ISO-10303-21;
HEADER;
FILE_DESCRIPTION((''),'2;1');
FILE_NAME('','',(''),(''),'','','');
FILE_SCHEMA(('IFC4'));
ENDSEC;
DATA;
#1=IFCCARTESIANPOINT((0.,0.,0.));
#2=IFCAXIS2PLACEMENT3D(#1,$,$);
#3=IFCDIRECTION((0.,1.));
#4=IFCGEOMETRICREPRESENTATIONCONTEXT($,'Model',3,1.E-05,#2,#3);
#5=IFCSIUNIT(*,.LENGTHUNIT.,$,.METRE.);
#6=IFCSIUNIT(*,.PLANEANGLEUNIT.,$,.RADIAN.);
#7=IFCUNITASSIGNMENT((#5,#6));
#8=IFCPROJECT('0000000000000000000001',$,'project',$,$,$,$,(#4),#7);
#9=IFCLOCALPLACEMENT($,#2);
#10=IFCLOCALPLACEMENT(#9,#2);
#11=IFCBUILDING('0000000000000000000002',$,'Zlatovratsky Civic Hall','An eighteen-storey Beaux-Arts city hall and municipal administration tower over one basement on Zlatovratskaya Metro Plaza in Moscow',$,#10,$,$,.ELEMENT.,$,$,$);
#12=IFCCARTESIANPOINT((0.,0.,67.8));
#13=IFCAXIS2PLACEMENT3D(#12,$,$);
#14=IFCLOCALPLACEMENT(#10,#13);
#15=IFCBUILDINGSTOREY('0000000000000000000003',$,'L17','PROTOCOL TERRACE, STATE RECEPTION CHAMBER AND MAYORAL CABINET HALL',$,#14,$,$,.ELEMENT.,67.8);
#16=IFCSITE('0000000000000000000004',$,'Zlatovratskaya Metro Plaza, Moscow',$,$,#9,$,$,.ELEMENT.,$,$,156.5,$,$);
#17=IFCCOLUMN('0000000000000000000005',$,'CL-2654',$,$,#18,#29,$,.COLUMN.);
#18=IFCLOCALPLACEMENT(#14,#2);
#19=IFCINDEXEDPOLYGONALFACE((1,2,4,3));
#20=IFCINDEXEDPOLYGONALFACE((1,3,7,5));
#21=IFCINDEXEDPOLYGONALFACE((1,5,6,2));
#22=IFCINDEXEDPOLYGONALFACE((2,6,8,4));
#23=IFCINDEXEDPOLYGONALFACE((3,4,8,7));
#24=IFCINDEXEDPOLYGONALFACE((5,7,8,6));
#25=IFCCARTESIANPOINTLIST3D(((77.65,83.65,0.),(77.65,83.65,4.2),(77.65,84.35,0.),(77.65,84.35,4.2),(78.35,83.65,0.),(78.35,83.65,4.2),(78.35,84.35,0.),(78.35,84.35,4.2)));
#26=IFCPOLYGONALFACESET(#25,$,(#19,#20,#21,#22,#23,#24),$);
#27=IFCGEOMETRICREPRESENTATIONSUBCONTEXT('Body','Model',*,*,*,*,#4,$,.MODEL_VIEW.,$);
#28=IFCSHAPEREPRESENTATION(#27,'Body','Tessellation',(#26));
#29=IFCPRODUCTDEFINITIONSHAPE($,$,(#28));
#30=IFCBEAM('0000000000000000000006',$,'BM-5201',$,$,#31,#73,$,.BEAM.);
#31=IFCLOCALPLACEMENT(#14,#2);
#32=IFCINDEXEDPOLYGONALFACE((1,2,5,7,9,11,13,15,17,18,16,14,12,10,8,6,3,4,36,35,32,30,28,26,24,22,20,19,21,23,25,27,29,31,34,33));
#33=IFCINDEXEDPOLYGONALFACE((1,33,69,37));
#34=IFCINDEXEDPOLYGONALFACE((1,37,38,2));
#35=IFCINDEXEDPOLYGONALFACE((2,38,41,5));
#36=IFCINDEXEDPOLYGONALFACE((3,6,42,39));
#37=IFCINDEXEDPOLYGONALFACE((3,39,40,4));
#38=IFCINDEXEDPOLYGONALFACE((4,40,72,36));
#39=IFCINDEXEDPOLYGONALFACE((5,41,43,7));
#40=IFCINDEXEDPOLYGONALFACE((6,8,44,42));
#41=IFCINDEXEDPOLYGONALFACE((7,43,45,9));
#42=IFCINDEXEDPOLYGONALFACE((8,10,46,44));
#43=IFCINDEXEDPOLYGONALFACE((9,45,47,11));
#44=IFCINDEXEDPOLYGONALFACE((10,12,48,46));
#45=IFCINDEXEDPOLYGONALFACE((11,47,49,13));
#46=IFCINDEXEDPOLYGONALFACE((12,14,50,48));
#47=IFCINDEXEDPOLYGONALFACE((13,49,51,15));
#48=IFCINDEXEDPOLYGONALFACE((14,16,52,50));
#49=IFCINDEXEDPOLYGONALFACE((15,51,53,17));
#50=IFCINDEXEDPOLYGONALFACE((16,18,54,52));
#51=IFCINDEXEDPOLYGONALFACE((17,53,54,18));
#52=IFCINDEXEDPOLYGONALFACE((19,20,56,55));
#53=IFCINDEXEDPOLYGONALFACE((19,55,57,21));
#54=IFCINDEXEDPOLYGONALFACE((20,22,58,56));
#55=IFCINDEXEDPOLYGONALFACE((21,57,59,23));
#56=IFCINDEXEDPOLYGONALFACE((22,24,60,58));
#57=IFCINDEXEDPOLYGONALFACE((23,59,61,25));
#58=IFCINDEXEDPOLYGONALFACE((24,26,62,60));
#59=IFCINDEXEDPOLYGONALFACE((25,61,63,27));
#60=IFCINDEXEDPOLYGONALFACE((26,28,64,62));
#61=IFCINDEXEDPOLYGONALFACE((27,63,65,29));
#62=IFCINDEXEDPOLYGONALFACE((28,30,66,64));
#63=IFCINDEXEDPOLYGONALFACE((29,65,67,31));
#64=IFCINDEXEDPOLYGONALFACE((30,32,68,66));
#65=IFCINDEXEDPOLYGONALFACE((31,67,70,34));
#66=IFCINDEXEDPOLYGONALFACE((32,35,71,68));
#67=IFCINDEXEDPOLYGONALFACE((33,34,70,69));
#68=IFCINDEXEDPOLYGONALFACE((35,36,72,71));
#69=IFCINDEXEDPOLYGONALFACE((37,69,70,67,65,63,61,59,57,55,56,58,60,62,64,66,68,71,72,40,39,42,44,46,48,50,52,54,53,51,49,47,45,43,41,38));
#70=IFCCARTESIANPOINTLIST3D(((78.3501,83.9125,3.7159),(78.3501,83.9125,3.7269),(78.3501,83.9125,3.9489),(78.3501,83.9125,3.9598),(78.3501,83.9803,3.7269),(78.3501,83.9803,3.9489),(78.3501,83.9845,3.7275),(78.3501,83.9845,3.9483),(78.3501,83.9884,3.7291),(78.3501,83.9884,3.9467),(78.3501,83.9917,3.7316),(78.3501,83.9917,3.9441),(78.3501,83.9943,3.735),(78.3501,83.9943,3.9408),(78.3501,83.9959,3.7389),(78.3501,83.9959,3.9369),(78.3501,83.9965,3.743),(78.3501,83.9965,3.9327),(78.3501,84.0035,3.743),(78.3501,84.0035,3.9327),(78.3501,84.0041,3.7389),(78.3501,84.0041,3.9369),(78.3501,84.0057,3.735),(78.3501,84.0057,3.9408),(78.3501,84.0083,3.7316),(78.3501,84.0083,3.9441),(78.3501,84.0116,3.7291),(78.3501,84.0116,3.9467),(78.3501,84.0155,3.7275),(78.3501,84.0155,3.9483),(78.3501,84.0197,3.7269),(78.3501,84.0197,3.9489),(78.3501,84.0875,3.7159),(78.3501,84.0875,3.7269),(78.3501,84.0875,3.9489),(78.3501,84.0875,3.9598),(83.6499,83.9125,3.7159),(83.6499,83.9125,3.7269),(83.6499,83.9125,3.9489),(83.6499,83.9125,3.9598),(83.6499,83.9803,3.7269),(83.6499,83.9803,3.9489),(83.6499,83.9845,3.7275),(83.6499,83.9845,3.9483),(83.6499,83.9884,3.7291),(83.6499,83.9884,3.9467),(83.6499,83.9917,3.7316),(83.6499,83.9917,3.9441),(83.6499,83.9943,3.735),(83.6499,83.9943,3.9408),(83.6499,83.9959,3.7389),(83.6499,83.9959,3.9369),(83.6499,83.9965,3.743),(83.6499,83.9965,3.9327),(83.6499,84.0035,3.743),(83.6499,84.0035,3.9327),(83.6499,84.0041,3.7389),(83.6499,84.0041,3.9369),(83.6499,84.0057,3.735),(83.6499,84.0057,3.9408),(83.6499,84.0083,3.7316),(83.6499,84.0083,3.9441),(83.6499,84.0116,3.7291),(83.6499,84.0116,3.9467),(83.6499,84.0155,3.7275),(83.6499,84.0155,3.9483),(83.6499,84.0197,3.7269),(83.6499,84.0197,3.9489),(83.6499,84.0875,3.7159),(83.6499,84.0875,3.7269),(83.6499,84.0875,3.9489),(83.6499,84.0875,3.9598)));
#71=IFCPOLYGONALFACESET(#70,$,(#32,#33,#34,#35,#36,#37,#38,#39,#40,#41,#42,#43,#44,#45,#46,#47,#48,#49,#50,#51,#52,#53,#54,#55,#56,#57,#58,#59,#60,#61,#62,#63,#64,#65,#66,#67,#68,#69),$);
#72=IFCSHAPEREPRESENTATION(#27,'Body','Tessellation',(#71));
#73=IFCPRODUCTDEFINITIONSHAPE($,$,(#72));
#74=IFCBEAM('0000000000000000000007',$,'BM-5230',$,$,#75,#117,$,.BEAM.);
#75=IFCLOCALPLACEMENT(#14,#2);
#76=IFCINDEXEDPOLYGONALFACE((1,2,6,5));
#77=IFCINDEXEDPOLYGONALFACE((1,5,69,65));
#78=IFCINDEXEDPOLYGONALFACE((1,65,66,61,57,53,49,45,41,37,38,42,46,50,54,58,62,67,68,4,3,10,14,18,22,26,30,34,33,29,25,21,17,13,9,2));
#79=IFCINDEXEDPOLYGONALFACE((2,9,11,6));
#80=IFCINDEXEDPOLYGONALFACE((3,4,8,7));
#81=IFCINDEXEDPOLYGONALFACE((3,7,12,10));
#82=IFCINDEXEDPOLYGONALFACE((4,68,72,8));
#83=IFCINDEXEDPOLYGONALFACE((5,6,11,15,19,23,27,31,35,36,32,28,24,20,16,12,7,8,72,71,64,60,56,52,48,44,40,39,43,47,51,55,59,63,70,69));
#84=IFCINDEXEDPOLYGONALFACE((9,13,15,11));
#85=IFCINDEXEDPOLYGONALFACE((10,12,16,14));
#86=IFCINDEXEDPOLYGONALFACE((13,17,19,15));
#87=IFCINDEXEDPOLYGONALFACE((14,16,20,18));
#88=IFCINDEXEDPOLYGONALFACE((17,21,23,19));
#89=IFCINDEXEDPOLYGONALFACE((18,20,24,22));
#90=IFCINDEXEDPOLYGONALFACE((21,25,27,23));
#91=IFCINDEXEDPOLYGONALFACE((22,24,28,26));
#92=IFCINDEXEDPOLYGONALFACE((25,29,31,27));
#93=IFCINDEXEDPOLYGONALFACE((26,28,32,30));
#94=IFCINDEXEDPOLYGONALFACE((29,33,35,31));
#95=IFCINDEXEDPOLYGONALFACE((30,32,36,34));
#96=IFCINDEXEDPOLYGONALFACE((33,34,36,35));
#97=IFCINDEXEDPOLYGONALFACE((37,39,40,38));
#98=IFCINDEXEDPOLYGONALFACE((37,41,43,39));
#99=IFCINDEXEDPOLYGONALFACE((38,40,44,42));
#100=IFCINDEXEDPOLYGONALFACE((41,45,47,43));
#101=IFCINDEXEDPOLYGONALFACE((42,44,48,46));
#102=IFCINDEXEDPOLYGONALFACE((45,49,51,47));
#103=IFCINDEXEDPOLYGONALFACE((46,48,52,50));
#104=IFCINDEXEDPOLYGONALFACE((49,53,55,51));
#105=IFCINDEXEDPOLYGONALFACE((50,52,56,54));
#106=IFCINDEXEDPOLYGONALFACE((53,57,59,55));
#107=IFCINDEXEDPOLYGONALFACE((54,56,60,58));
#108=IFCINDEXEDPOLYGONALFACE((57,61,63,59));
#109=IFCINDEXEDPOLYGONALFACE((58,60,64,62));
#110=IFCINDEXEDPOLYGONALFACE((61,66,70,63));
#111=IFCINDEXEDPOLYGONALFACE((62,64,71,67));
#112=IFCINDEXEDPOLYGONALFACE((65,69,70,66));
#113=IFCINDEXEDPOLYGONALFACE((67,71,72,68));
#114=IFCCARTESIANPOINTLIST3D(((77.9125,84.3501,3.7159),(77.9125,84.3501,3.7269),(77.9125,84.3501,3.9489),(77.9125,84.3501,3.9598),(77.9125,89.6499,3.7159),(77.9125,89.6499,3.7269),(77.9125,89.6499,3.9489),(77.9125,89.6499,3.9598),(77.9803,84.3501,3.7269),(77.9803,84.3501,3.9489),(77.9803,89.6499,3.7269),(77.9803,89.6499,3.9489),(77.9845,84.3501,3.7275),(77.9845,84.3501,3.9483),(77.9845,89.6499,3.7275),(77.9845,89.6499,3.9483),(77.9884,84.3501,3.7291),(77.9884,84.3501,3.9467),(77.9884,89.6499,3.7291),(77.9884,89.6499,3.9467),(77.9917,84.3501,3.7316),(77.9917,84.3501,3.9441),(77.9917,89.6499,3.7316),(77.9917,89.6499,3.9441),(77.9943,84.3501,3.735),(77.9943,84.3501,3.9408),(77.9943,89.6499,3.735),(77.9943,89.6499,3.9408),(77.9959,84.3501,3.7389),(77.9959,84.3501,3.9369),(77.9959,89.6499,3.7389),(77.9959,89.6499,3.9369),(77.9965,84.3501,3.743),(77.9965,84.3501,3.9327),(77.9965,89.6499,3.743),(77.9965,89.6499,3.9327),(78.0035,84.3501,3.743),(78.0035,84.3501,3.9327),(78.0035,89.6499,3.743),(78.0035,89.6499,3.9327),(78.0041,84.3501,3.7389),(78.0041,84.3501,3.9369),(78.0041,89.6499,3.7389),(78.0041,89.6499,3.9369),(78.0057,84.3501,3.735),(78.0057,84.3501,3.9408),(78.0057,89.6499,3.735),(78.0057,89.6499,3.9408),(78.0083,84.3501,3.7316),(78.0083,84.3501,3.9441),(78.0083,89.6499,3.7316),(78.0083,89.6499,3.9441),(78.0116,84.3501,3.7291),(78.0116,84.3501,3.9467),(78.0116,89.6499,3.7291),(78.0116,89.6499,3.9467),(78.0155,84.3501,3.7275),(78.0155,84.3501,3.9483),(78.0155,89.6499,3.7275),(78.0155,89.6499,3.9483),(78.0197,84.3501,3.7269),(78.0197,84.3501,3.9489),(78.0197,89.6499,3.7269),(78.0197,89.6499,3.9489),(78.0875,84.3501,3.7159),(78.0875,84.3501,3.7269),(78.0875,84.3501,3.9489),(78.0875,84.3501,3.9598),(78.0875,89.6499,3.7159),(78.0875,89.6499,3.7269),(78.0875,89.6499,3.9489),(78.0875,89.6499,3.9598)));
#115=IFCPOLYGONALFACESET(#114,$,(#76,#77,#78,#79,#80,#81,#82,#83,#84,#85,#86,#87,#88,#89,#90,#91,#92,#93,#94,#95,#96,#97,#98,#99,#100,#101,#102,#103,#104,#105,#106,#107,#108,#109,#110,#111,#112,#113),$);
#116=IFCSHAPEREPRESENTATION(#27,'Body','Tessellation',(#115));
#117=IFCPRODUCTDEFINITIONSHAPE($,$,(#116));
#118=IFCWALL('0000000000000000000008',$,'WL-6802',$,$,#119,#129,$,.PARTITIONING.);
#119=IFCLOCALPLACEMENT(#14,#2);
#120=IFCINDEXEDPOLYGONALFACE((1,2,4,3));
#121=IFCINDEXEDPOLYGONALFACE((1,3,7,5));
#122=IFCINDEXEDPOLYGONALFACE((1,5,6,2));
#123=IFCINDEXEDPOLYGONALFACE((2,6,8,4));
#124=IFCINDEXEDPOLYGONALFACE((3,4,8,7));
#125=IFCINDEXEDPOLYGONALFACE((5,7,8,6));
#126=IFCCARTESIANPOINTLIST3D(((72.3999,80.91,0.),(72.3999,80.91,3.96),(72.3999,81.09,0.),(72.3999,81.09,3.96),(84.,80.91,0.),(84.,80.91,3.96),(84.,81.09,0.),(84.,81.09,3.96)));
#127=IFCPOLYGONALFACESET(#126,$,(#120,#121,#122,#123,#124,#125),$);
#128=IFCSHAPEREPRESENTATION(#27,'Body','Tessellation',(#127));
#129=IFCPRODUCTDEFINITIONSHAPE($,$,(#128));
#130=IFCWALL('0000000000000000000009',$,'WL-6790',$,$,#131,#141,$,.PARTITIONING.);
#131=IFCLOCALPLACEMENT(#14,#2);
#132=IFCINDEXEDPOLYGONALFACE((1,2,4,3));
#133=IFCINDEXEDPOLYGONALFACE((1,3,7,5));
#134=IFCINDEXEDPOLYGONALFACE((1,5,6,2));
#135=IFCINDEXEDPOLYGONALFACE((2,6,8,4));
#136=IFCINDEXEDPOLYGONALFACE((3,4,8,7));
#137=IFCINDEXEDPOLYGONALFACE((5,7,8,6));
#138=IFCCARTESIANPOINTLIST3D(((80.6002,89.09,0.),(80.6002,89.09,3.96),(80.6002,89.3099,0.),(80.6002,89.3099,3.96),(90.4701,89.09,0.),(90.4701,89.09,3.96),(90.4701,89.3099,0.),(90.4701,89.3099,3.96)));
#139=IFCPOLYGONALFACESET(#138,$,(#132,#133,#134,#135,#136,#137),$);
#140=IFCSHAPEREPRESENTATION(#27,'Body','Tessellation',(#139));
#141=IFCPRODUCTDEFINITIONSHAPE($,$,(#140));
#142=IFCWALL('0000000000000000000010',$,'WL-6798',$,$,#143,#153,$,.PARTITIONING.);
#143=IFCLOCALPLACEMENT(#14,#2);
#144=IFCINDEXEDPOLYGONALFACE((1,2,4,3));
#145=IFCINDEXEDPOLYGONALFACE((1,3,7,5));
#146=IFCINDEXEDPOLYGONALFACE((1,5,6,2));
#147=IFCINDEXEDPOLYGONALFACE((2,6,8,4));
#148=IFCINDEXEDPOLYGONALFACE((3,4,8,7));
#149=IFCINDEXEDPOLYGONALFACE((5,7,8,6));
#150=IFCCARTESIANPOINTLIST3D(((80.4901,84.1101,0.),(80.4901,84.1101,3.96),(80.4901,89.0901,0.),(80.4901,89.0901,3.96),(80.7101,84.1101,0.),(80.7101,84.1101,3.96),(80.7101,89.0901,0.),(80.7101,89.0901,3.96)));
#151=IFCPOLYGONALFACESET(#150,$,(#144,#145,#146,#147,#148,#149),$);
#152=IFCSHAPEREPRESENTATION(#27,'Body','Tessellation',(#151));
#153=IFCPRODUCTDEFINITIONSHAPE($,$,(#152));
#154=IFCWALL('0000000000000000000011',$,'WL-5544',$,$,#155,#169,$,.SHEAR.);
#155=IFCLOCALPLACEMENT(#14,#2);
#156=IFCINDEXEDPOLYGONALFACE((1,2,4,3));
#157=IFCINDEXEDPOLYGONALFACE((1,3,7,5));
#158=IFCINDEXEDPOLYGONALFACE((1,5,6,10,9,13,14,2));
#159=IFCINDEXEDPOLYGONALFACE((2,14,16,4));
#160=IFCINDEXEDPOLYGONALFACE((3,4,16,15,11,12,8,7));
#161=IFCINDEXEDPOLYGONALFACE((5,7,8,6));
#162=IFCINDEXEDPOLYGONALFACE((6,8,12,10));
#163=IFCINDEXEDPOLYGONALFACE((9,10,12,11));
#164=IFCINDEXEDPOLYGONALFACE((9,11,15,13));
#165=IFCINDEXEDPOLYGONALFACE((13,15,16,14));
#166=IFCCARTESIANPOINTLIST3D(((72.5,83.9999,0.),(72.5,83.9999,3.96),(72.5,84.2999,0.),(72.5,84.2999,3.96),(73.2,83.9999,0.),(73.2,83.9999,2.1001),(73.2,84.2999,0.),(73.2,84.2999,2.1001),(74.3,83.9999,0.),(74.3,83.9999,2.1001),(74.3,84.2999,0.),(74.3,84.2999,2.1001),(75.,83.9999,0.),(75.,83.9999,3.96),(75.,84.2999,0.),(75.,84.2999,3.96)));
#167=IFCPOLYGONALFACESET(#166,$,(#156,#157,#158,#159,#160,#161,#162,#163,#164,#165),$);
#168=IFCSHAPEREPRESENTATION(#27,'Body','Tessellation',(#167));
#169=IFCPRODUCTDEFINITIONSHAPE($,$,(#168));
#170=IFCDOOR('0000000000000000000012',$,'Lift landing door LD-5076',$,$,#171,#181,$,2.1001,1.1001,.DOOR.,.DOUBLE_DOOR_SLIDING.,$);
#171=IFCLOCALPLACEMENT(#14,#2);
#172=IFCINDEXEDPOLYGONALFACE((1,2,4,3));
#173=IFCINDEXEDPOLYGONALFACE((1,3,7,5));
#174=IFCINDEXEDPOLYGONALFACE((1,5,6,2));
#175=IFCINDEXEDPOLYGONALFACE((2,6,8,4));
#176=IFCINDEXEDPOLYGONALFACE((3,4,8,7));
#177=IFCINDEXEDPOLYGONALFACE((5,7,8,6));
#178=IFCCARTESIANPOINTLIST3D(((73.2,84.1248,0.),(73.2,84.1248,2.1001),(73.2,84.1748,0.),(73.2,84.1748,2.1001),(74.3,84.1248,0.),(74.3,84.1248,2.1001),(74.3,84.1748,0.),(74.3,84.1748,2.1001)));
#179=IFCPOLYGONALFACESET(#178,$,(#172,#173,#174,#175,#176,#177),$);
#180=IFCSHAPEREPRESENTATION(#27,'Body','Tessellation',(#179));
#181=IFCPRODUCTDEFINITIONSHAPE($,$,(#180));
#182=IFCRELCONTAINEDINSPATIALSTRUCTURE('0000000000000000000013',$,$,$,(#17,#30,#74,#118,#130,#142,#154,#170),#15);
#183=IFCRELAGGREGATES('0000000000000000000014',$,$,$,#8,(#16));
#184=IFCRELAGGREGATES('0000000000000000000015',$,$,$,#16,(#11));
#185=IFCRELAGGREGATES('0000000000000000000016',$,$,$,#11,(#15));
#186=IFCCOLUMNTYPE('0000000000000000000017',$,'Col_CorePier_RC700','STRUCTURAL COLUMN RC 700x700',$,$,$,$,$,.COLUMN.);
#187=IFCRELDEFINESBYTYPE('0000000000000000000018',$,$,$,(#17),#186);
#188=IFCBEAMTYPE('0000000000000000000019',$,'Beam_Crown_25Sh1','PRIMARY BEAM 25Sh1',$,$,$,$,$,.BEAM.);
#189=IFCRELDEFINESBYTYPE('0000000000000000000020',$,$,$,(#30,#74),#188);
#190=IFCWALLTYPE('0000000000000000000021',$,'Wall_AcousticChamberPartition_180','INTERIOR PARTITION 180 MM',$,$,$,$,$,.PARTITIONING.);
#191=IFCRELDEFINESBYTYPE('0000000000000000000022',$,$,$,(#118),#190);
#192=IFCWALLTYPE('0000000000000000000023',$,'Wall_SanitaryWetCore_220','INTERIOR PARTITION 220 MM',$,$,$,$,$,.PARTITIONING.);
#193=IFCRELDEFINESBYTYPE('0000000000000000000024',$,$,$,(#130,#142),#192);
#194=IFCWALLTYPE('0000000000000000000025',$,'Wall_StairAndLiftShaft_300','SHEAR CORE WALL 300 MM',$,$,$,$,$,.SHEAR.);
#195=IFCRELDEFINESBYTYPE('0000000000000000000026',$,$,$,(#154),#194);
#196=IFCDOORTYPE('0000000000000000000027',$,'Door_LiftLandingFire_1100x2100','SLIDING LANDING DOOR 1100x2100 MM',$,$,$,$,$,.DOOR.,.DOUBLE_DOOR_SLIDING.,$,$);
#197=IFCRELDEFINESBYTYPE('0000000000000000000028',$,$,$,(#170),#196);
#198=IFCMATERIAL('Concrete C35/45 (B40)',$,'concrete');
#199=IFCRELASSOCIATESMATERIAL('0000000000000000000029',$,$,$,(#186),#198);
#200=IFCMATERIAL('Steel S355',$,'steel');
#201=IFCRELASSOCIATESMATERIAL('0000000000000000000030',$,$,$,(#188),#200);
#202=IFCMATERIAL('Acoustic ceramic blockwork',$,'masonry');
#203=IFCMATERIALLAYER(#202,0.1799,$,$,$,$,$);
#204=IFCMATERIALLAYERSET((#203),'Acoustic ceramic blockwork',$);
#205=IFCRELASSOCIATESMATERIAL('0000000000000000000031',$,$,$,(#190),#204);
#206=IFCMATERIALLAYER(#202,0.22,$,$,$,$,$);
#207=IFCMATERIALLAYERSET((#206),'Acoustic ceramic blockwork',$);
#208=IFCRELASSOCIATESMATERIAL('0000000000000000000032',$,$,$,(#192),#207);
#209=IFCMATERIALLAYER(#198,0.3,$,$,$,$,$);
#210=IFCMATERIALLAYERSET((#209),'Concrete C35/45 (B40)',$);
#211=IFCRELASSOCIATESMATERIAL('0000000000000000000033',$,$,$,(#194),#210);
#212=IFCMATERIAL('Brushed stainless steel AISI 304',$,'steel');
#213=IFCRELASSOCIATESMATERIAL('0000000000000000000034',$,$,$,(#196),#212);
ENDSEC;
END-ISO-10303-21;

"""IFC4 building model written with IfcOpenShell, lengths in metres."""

from ifc_helpers import new_model, si_unit, direction, frame, frame_2d, origin, origin_2d, place, context, subcontext, project, spatial, rectangle, i_section, extrude, material, layer, layer_set, material_profile, profile_set, type_object, element, fill, save


model = new_model("IFC4")

# Units and contexts
model_context = context("Model", 3, precision=1e-05, world=origin(), true_north=direction((0.0, 1.0)))
body_context = subcontext(model_context, "Body", "Model", "MODEL_VIEW")
ifc_project = project(units=[si_unit("LENGTHUNIT", "METRE"), si_unit("PLANEANGLEUNIT", "RADIAN")], contexts=[model_context])

# Site, building, storey
site_placement = place(None, origin())
site = spatial("IfcSite", under=ifc_project, at=site_placement, Name="Zlatovratskaya Metro Plaza, Moscow", CompositionType="ELEMENT", RefElevation=156.5)
building_placement = place(site_placement, origin())
building = spatial("IfcBuilding", under=site, at=building_placement, Name="Zlatovratsky Civic Hall", Description="An eighteen-storey Beaux-Arts city hall and municipal administration tower over one basement on Zlatovratskaya Metro Plaza in Moscow", CompositionType="ELEMENT")
storey_placement = place(building_placement, frame((0.0, 0.0, 67.8)))
storey = spatial("IfcBuildingStorey", under=building, at=storey_placement, Name="L17", Description="PROTOCOL TERRACE, STATE RECEPTION CHAMBER AND MAYORAL CABINET HALL", CompositionType="ELEMENT", Elevation=67.8)

# Column
ifc_material_1 = material(Name="Concrete C35/45 (B40)", Category="concrete")
ifc_material_profile_1 = material_profile(ifc_material_1, rectangle(XDim=0.7, YDim=0.7, at=origin_2d()), Name="RC 700x700")
ifc_profile_set_1 = profile_set([ifc_material_profile_1], Name="Concrete C35/45 (B40)")
column_type = type_object("IfcColumnType", Name="Col_CorePier_RC700", Description="STRUCTURAL COLUMN RC 700x700", PredefinedType="COLUMN", material=ifc_profile_set_1)
column_placement = place(storey_placement, frame((78.0, 84.0, 0.0), z_axis=(0.0, 0.0, 1.0), x_axis=(1.0, 0.0, 0.0)))
element("IfcColumn", 1, at=column_placement, inside=storey, type_object=column_type, Name="CL-2654", PredefinedType="COLUMN", context=body_context, shape_type="SweptSolid", body=[
    extrude(rectangle(XDim=0.7, YDim=0.7, at=origin_2d()), origin(), (0.0, 0.0, 1.0), 4.2),
])

# Beams
ifc_material_2 = material(Name="Steel S355", Category="steel")
ifc_material_profile_2 = material_profile(ifc_material_2, i_section(OverallWidth=0.175, OverallDepth=0.2439, WebThickness=0.0071, FlangeThickness=0.011, FilletRadius=0.0161, at=origin_2d()), Name="25Sh1")
ifc_profile_set_2 = profile_set([ifc_material_profile_2], Name="Steel S355")
beam_type = type_object("IfcBeamType", Name="Beam_Crown_25Sh1", Description="PRIMARY BEAM 25Sh1", PredefinedType="BEAM", material=ifc_profile_set_2)
for number, where, z_axis, x_axis, name in (
    (2, (78.3501, 84.0, 3.8379), (1.0, 0.0, 0.0), (0.0, 1.0, 0.0), "BM-5201"),
    (3, (78.0, 84.3501, 3.8379), (0.0, 1.0, 0.0), (-1.0, 0.0, 0.0), "BM-5230"),
):
    element("IfcBeam", number, at=place(storey_placement, frame(where, z_axis=z_axis, x_axis=x_axis)), inside=storey, type_object=beam_type, Name=name, PredefinedType="BEAM", context=body_context, shape_type="SweptSolid", body=[
        extrude(i_section(OverallWidth=0.175, OverallDepth=0.2439, WebThickness=0.0071, FlangeThickness=0.011, FilletRadius=0.0161, at=origin_2d()), origin(), (0.0, 0.0, 1.0), 5.2998),
    ])

# Wall
ifc_material_3 = material(Name="Acoustic ceramic blockwork", Category="masonry")
ifc_layer_1 = layer(ifc_material_3, 0.1799)
ifc_layer_set_1 = layer_set([ifc_layer_1], Name="Acoustic ceramic blockwork")
wall_type_1 = type_object("IfcWallType", Name="Wall_AcousticChamberPartition_180", Description="INTERIOR PARTITION 180 MM", PredefinedType="PARTITIONING", material=ifc_layer_set_1)
wall_1_placement = place(storey_placement, frame((72.3999, 81.0, 0.0), z_axis=(0.0, 0.0, 1.0), x_axis=(1.0, 0.0, 0.0)))
element("IfcWall", 4, at=wall_1_placement, inside=storey, type_object=wall_type_1, Name="WL-6802", PredefinedType="PARTITIONING", context=body_context, shape_type="SweptSolid", body=[
    extrude(rectangle(XDim=11.6001, YDim=0.1799, at=frame_2d((5.8, 0.0))), origin(), (0.0, 0.0, 1.0), 3.96),
])

# Shared definitions
ifc_layer_2 = layer(ifc_material_3, 0.22)
ifc_layer_set_2 = layer_set([ifc_layer_2], Name="Acoustic ceramic blockwork")
wall_type_2 = type_object("IfcWallType", Name="Wall_SanitaryWetCore_220", Description="INTERIOR PARTITION 220 MM", PredefinedType="PARTITIONING", material=ifc_layer_set_2)

# Walls
wall_2_placement = place(storey_placement, frame((80.6001, 89.2, 0.0), z_axis=(0.0, 0.0, 1.0), x_axis=(1.0, 0.0, 0.0)))
element("IfcWall", 5, at=wall_2_placement, inside=storey, type_object=wall_type_2, Name="WL-6790", PredefinedType="PARTITIONING", context=body_context, shape_type="SweptSolid", body=[
    extrude(rectangle(XDim=9.8699, YDim=0.22, at=frame_2d((4.9351, 0.0))), origin(), (0.0, 0.0, 1.0), 3.96),
])
wall_3_placement = place(storey_placement, frame((80.6001, 84.1101, 0.0), z_axis=(0.0, 0.0, 1.0), x_axis=(0.0, 1.0, 0.0)))
element("IfcWall", 6, at=wall_3_placement, inside=storey, type_object=wall_type_2, Name="WL-6798", PredefinedType="PARTITIONING", context=body_context, shape_type="SweptSolid", body=[
    extrude(rectangle(XDim=4.98, YDim=0.22, at=frame_2d((2.49, 0.0))), origin(), (0.0, 0.0, 1.0), 3.96),
])

# Wall, opening, door
ifc_layer_3 = layer(ifc_material_1, 0.3)
ifc_layer_set_3 = layer_set([ifc_layer_3], Name="Concrete C35/45 (B40)")
wall_type_3 = type_object("IfcWallType", Name="Wall_StairAndLiftShaft_300", Description="SHEAR CORE WALL 300 MM", PredefinedType="SHEAR", material=ifc_layer_set_3)
wall_4_placement = place(storey_placement, frame((72.5, 84.1499, 0.0), z_axis=(0.0, 0.0, 1.0), x_axis=(1.0, 0.0, 0.0)))
wall_4 = element("IfcWall", 7, at=wall_4_placement, inside=storey, type_object=wall_type_3, Name="WL-5544", PredefinedType="SHEAR", context=body_context, shape_type="SweptSolid", body=[
    extrude(rectangle(XDim=2.5, YDim=0.3, at=frame_2d((1.25, 0.0))), origin(), (0.0, 0.0, 1.0), 3.96),
])
opening_1_placement = place(wall_4_placement, frame((0.7, 0.0, 0.0)))
opening_1 = element("IfcOpeningElement", 8, at=opening_1_placement, cuts=wall_4, PredefinedType="OPENING", context=body_context, shape_type="SweptSolid", body=[
    extrude(rectangle(XDim=1.1001, YDim=2.1001, at=frame_2d((0.55, 1.05))), frame((0.0, 0.165, 0.0), z_axis=(0.0, -1.0, 0.0), x_axis=(1.0, 0.0, 0.0)), (0.0, 0.0, 1.0), 0.3298),
])
ifc_material_4 = material(Name="Brushed stainless steel AISI 304", Category="steel")
door_type_1 = type_object("IfcDoorType", Name="Door_LiftLandingFire_1100x2100", Description="SLIDING LANDING DOOR 1100x2100 MM", OperationType="DOUBLE_DOOR_SLIDING", PredefinedType="DOOR", material=ifc_material_4)
door_1_placement = place(opening_1_placement, origin())
door_1 = element("IfcDoor", 9, at=door_1_placement, inside=storey, type_object=door_type_1, Name="Lift landing door LD-5076", OperationType="DOUBLE_DOOR_SLIDING", OverallHeight=2.1001, OverallWidth=1.1001, PredefinedType="DOOR", context=body_context, shape_type="SweptSolid", body=[
    extrude(rectangle(XDim=1.1001, YDim=2.1001, at=frame_2d((0.55, 1.05))), frame((0.0, 0.0249, 0.0), z_axis=(0.0, -1.0, 0.0), x_axis=(1.0, 0.0, 0.0)), (0.0, 0.0, 1.0), 0.05),
])
fill(opening_1, door_1)

save(model, "model.ifc")
